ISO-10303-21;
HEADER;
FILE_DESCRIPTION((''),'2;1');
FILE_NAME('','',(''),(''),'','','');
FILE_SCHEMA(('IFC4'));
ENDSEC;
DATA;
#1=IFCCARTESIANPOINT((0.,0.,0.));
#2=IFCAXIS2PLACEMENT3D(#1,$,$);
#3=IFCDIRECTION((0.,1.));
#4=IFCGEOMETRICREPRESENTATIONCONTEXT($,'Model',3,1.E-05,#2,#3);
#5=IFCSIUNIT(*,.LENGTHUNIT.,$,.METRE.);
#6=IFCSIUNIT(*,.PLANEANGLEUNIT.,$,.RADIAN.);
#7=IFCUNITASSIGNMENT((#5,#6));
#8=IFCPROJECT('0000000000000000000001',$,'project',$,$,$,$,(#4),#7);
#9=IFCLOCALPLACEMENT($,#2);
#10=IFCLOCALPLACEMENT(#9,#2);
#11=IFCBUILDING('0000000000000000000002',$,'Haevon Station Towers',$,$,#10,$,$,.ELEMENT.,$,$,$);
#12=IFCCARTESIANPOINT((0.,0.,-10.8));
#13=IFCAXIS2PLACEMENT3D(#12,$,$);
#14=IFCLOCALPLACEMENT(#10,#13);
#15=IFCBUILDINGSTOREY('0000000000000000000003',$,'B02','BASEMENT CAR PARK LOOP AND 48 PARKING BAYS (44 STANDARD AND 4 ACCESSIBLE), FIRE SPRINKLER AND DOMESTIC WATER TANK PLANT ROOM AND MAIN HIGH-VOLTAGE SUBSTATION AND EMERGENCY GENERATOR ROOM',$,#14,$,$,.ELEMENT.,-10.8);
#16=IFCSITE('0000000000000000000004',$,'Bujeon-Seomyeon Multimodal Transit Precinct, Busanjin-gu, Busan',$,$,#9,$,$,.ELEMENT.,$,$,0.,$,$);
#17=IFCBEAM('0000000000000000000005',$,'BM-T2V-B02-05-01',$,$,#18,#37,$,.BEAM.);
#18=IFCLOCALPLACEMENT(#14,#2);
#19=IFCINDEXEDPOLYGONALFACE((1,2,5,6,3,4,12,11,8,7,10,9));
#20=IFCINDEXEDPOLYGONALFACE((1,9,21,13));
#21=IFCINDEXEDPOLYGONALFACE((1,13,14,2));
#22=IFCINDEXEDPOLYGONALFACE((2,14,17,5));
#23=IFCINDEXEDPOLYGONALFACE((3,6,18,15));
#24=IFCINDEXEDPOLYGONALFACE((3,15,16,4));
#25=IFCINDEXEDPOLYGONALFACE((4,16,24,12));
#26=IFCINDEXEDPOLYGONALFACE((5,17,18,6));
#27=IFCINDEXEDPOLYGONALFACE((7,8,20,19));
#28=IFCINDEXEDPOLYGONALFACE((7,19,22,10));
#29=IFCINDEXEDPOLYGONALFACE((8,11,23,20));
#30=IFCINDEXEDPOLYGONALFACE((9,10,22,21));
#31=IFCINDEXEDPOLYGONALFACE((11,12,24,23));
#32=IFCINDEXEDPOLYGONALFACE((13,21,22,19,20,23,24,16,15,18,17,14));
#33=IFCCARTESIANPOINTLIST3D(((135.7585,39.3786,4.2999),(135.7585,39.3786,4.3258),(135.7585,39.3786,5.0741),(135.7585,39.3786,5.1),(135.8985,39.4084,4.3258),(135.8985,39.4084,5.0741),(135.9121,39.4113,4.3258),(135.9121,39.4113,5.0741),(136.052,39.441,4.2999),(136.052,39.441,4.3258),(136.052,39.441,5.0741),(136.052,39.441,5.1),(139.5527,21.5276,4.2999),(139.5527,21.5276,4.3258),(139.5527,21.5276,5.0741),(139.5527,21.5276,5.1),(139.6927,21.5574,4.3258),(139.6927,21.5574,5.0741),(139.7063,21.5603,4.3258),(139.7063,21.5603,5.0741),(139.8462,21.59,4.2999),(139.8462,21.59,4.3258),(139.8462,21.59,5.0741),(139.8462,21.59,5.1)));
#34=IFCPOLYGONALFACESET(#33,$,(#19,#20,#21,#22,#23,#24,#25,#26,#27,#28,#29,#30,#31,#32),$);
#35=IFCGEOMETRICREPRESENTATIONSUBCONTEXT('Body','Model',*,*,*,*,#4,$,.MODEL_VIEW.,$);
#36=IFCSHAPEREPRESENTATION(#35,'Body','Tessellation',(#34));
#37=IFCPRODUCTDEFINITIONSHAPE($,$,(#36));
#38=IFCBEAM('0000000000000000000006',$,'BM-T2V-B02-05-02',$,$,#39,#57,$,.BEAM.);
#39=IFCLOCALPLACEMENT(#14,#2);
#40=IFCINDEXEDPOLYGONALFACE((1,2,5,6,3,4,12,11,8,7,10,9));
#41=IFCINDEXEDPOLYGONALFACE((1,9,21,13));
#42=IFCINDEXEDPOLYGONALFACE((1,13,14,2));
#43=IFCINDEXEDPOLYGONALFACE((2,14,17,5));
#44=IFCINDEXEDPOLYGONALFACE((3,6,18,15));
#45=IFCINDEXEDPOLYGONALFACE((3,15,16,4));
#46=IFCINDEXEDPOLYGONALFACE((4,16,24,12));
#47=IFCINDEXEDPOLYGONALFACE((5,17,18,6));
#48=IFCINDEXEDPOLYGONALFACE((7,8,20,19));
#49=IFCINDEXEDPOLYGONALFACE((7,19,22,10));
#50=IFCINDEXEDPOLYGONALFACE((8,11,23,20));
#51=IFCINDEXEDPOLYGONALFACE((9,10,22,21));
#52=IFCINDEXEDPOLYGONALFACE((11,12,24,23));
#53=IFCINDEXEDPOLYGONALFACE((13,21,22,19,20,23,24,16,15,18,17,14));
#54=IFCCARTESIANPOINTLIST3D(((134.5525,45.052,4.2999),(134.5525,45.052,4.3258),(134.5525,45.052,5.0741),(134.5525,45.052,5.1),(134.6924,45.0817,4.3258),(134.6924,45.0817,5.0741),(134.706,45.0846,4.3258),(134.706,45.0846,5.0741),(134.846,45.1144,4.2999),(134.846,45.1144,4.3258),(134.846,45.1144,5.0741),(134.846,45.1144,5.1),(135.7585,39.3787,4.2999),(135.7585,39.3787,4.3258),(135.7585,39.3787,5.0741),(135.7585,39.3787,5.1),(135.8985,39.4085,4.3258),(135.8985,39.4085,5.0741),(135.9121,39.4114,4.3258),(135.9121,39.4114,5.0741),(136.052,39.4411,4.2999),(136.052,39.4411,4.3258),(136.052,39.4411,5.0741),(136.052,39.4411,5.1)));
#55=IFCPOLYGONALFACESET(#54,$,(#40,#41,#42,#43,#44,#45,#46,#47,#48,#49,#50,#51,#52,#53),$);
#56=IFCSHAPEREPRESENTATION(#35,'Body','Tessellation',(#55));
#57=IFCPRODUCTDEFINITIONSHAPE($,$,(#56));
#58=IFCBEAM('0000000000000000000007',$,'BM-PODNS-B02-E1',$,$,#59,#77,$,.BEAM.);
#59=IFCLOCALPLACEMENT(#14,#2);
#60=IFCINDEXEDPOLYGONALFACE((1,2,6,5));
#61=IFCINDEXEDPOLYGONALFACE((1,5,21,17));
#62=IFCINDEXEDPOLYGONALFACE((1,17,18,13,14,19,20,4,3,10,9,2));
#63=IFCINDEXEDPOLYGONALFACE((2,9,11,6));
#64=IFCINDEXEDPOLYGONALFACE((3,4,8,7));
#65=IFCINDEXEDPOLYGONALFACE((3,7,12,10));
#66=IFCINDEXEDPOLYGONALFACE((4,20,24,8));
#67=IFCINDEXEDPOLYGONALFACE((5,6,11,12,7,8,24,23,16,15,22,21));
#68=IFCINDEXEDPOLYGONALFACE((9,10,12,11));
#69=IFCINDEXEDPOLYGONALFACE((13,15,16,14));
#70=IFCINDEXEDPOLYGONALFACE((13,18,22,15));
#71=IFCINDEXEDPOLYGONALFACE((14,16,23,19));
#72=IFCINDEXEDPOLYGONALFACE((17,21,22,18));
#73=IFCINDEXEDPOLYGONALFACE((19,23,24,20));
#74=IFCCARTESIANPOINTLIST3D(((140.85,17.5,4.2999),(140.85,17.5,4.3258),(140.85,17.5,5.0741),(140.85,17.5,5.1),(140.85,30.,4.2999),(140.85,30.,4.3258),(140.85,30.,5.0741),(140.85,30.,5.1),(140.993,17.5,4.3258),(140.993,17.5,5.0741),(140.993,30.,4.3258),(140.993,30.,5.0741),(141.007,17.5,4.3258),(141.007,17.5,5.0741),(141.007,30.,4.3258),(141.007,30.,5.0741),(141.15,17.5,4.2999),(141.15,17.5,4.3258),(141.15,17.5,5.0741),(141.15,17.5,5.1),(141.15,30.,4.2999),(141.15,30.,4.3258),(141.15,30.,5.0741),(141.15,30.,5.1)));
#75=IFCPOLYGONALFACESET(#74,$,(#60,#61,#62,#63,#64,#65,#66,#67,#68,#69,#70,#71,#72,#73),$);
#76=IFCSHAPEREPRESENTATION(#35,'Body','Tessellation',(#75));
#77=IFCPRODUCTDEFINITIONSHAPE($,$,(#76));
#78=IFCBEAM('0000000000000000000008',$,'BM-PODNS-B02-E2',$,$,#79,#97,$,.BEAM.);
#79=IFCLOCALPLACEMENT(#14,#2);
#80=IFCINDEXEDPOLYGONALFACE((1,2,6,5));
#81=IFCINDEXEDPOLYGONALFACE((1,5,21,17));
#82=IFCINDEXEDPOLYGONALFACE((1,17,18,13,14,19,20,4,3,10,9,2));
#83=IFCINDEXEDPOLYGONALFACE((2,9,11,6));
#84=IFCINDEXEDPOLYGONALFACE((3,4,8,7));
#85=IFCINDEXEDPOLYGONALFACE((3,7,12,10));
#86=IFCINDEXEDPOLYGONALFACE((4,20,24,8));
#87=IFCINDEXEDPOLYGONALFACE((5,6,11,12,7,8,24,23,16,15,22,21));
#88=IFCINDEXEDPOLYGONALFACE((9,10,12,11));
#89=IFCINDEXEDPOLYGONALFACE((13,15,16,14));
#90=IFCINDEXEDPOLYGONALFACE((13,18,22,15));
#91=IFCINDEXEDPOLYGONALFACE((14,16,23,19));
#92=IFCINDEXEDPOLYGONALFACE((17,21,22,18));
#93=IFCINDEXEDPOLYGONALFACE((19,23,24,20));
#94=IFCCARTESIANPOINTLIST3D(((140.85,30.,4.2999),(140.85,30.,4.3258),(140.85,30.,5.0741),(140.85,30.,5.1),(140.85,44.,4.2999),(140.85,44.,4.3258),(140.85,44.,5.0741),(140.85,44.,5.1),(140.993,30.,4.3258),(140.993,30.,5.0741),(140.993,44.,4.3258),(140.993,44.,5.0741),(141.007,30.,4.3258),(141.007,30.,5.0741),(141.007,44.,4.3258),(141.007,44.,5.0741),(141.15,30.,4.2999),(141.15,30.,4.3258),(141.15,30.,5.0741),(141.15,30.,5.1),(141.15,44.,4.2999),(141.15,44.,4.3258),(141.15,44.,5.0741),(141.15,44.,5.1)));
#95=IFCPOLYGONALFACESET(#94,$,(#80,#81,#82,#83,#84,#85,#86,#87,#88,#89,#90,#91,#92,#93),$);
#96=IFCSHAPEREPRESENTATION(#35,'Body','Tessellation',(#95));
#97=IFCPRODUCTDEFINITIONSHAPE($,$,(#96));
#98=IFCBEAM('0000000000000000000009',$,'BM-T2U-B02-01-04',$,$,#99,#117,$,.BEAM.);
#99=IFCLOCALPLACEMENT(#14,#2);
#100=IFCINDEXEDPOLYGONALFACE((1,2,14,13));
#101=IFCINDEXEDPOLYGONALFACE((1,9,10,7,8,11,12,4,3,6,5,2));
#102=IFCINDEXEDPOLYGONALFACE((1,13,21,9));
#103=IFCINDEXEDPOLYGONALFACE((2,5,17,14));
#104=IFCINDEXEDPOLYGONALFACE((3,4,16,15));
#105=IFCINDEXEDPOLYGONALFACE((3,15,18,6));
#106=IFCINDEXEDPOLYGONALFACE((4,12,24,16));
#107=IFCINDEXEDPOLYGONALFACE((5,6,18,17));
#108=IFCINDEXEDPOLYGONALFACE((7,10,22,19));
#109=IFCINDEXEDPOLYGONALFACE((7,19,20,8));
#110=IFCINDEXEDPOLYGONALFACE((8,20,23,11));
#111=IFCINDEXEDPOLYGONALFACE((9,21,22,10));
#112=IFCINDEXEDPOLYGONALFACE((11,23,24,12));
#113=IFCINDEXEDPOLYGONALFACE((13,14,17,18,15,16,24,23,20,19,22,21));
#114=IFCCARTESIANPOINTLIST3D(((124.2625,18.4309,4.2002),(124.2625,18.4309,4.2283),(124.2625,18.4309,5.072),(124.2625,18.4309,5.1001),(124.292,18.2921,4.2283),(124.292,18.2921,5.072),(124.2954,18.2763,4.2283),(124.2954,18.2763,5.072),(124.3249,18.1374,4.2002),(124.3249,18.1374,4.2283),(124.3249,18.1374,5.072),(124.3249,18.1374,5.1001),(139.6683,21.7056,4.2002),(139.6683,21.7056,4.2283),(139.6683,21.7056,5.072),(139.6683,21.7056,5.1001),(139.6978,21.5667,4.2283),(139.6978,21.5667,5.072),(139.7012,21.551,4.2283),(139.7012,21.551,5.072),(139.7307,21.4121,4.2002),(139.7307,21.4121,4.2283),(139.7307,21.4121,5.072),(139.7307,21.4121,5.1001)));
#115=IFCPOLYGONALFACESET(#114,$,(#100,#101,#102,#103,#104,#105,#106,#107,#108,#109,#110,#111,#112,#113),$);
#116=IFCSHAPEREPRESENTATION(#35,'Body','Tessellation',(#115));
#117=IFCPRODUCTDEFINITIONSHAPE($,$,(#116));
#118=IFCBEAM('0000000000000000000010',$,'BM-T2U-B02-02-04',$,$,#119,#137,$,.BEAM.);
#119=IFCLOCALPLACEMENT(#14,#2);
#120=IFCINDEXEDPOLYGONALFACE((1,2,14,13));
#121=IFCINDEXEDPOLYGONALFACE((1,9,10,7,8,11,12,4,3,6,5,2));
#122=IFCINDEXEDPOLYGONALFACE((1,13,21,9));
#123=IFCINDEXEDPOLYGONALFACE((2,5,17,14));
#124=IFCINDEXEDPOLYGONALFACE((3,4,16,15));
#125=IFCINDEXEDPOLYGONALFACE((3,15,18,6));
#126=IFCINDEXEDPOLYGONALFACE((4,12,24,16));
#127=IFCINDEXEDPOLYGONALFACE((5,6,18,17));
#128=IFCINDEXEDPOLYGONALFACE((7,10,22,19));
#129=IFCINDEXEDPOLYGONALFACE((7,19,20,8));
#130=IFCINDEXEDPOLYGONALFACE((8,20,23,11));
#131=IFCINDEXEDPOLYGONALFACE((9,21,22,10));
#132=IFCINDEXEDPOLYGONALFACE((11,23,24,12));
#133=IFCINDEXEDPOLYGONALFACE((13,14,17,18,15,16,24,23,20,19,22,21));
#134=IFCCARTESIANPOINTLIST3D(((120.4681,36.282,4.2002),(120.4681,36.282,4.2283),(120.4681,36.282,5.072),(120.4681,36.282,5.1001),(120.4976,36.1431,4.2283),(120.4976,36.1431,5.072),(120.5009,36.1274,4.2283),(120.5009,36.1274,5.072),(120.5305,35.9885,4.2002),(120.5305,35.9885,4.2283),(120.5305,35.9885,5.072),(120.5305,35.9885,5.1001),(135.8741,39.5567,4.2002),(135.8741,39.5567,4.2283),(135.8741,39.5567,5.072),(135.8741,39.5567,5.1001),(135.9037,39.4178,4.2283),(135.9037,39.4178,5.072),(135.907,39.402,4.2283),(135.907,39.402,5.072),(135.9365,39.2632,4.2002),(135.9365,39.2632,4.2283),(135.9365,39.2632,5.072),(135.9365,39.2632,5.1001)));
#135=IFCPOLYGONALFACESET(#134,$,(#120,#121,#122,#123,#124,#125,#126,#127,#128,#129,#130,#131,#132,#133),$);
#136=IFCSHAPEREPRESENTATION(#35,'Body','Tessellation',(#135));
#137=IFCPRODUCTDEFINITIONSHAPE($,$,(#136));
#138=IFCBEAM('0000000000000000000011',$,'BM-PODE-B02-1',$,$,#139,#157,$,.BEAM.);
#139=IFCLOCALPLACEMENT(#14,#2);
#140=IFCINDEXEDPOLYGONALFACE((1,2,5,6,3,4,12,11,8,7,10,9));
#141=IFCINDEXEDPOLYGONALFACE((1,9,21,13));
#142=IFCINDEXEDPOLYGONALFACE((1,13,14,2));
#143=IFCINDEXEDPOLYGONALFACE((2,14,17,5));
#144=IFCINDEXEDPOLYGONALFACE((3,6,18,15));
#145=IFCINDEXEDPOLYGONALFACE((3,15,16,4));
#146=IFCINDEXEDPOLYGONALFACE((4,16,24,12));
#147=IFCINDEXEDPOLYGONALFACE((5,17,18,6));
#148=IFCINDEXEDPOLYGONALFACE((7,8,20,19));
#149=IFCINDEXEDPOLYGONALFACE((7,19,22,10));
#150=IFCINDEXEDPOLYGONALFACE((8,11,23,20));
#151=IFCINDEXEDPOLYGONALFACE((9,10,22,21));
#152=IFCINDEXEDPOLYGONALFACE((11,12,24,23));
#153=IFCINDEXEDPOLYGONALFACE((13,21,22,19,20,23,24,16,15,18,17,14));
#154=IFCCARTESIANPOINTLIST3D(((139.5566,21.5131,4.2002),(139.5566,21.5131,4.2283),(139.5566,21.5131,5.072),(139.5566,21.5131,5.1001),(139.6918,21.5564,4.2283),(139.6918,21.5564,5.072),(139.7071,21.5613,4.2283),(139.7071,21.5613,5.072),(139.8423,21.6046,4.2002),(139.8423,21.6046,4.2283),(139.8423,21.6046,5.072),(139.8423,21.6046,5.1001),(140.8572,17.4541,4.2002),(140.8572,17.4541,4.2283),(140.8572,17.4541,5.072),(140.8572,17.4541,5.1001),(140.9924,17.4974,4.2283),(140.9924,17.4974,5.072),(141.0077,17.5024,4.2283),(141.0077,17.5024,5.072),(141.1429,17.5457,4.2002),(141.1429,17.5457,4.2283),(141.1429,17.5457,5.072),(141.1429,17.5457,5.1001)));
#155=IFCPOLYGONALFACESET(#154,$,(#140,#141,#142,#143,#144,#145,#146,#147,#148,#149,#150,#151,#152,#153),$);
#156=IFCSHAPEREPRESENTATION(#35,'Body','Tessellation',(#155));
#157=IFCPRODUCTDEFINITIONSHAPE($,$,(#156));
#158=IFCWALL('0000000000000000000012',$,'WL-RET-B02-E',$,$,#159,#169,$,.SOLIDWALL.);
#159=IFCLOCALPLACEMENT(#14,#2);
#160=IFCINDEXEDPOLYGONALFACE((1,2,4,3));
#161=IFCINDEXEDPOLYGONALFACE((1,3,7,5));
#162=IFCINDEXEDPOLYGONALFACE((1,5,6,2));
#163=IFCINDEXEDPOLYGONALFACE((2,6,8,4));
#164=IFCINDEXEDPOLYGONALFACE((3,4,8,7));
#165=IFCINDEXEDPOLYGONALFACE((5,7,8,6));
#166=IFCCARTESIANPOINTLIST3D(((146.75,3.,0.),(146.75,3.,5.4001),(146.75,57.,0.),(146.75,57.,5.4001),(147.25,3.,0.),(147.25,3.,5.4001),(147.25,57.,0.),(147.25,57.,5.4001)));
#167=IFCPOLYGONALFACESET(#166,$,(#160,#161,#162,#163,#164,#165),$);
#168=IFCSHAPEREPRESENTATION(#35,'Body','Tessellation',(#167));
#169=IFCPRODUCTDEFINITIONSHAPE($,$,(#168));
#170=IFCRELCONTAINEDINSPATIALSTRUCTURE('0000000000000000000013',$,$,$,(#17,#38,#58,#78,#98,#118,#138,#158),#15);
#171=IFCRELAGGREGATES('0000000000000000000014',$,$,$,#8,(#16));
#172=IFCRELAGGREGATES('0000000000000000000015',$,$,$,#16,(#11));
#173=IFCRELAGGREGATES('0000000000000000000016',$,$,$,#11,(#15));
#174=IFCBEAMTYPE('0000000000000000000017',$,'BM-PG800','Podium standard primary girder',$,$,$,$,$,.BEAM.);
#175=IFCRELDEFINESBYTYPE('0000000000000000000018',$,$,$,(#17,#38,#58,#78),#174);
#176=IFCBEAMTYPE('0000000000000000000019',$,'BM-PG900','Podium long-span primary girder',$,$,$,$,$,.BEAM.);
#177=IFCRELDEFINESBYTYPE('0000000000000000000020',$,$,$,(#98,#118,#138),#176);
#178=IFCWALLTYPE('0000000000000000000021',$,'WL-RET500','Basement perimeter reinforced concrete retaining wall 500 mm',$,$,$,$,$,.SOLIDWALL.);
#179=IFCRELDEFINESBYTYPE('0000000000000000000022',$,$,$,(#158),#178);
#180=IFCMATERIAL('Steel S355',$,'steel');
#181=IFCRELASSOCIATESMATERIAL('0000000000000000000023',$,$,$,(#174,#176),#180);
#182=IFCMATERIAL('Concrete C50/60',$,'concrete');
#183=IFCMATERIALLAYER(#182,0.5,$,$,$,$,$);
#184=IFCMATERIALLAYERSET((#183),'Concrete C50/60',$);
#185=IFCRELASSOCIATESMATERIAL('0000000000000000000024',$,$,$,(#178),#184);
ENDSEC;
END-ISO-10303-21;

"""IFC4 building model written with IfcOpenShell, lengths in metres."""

from ifc_helpers import new_model, si_unit, direction, frame, frame_2d, origin, origin_2d, place, context, subcontext, project, spatial, rectangle, i_section, extrude, material, layer, layer_set, material_profile, profile_set, type_object, element, save


model = new_model("IFC4")

# Units and contexts
model_context = context("Model", 3, precision=1e-05, world=origin(), true_north=direction((0.0, 1.0)))
body_context = subcontext(model_context, "Body", "Model", "MODEL_VIEW")
ifc_project = project(units=[si_unit("LENGTHUNIT", "METRE"), si_unit("PLANEANGLEUNIT", "RADIAN")], contexts=[model_context])

# Site, building, storey
site_placement = place(None, origin())
site = spatial("IfcSite", under=ifc_project, at=site_placement, Name="Bujeon-Seomyeon Multimodal Transit Precinct, Busanjin-gu, Busan", CompositionType="ELEMENT", RefElevation=0.0)
building_placement = place(site_placement, origin())
building = spatial("IfcBuilding", under=site, at=building_placement, Name="Haevon Station Towers", CompositionType="ELEMENT")
storey_placement = place(building_placement, frame((0.0, 0.0, -10.8)))
storey = spatial("IfcBuildingStorey", under=building, at=storey_placement, Name="B02", Description="BASEMENT CAR PARK LOOP AND 48 PARKING BAYS (44 STANDARD AND 4 ACCESSIBLE), FIRE SPRINKLER AND DOMESTIC WATER TANK PLANT ROOM AND MAIN HIGH-VOLTAGE SUBSTATION AND EMERGENCY GENERATOR ROOM", CompositionType="ELEMENT", Elevation=-10.8)

# Shared definitions
ifc_material_1 = material(Name="Concrete C50/60", Category="concrete")

# Beams
ifc_material_2 = material(Name="Steel S355", Category="steel")
ifc_material_profile_1 = material_profile(ifc_material_2, i_section(OverallWidth=0.3, OverallDepth=0.8, WebThickness=0.0139, FlangeThickness=0.0259, at=origin_2d()), Name="H-800x300x14x26")
ifc_profile_set_1 = profile_set([ifc_material_profile_1], Name="Steel S355")
beam_type_1 = type_object("IfcBeamType", Name="BM-PG800", Description="Podium standard primary girder", PredefinedType="BEAM", material=ifc_profile_set_1)
beam_1_placement = place(storey_placement, frame((139.6995, 21.5588, 4.7), z_axis=(-0.207903, 0.97815, 0.0), x_axis=(-0.97815, -0.207903, 0.0)))
element("IfcBeam", 1, at=beam_1_placement, inside=storey, type_object=beam_type_1, Name="BM-T2V-B02-05-01", PredefinedType="BEAM", context=body_context, shape_type="SweptSolid", body=[
    extrude(i_section(OverallWidth=0.3, OverallDepth=0.8, WebThickness=0.0139, FlangeThickness=0.0259, at=origin_2d()), origin(), (0.0, 0.0, 1.0), 18.2498),
])
beam_2_placement = place(storey_placement, frame((135.9053, 39.4099, 4.7), z_axis=(-0.207936, 0.978142, 0.0), x_axis=(-0.978142, -0.207936, 0.0)))
element("IfcBeam", 2, at=beam_2_placement, inside=storey, type_object=beam_type_1, Name="BM-T2V-B02-05-02", PredefinedType="BEAM", context=body_context, shape_type="SweptSolid", body=[
    extrude(i_section(OverallWidth=0.3, OverallDepth=0.8, WebThickness=0.0139, FlangeThickness=0.0259, at=origin_2d()), origin(), (0.0, 0.0, 1.0), 5.8),
])
beam_3_placement = place(storey_placement, frame((141.0, 17.5, 4.7), z_axis=(0.0, 1.0, 0.0), x_axis=(-1.0, 0.0, 0.0)))
element("IfcBeam", 3, at=beam_3_placement, inside=storey, type_object=beam_type_1, Name="BM-PODNS-B02-E1", PredefinedType="BEAM", context=body_context, shape_type="SweptSolid", body=[
    extrude(i_section(OverallWidth=0.3, OverallDepth=0.8, WebThickness=0.0139, FlangeThickness=0.0259, at=origin_2d()), origin(), (0.0, 0.0, 1.0), 12.5),
])
beam_4_placement = place(storey_placement, frame((141.0, 30.0, 4.7), z_axis=(0.0, 1.0, 0.0), x_axis=(-1.0, 0.0, 0.0)))
element("IfcBeam", 4, at=beam_4_placement, inside=storey, type_object=beam_type_1, Name="BM-PODNS-B02-E2", PredefinedType="BEAM", context=body_context, shape_type="SweptSolid", body=[
    extrude(i_section(OverallWidth=0.3, OverallDepth=0.8, WebThickness=0.0139, FlangeThickness=0.0259, at=origin_2d()), origin(), (0.0, 0.0, 1.0), 14.0),
])
ifc_material_profile_2 = material_profile(ifc_material_2, i_section(OverallWidth=0.3, OverallDepth=0.8999, WebThickness=0.0161, FlangeThickness=0.0281, at=origin_2d()), Name="H-900x300x16x28")
ifc_profile_set_2 = profile_set([ifc_material_profile_2], Name="Steel S355")
beam_type_2 = type_object("IfcBeamType", Name="BM-PG900", Description="Podium long-span primary girder", PredefinedType="BEAM", material=ifc_profile_set_2)
beam_5_placement = place(storey_placement, frame((124.2937, 18.2842, 4.6501), z_axis=(0.978147, 0.207915, 0.0), x_axis=(-0.207915, 0.978147, 0.0)))
element("IfcBeam", 5, at=beam_5_placement, inside=storey, type_object=beam_type_2, Name="BM-T2U-B02-01-04", PredefinedType="BEAM", context=body_context, shape_type="SweptSolid", body=[
    extrude(i_section(OverallWidth=0.3, OverallDepth=0.8999, WebThickness=0.0161, FlangeThickness=0.0281, at=origin_2d()), origin(), (0.0, 0.0, 1.0), 15.75),
])
beam_6_placement = place(storey_placement, frame((120.4993, 36.1353, 4.6501), z_axis=(0.978147, 0.207912, 0.0), x_axis=(-0.207912, 0.978147, 0.0)))
element("IfcBeam", 6, at=beam_6_placement, inside=storey, type_object=beam_type_2, Name="BM-T2U-B02-02-04", PredefinedType="BEAM", context=body_context, shape_type="SweptSolid", body=[
    extrude(i_section(OverallWidth=0.3, OverallDepth=0.8999, WebThickness=0.0161, FlangeThickness=0.0281, at=origin_2d()), origin(), (0.0, 0.0, 1.0), 15.7502),
])
beam_7_placement = place(storey_placement, frame((139.6995, 21.5588, 4.6501), z_axis=(0.305139, -0.952308, 0.0), x_axis=(0.952308, 0.305139, 0.0)))
element("IfcBeam", 7, at=beam_7_placement, inside=storey, type_object=beam_type_2, Name="BM-PODE-B02-1", PredefinedType="BEAM", context=body_context, shape_type="SweptSolid", body=[
    extrude(i_section(OverallWidth=0.3, OverallDepth=0.8999, WebThickness=0.0161, FlangeThickness=0.0281, at=origin_2d()), origin(), (0.0, 0.0, 1.0), 4.2622),
])

# Wall
ifc_layer = layer(ifc_material_1, 0.5)
ifc_layer_set = layer_set([ifc_layer], Name="Concrete C50/60")
wall_type = type_object("IfcWallType", Name="WL-RET500", Description="Basement perimeter reinforced concrete retaining wall 500 mm", PredefinedType="SOLIDWALL", material=ifc_layer_set)
wall_placement = place(storey_placement, frame((147.0, 3.0, 0.0), z_axis=(0.0, 0.0, 1.0), x_axis=(0.0, 1.0, 0.0)))
element("IfcWall", 8, at=wall_placement, inside=storey, type_object=wall_type, Name="WL-RET-B02-E", PredefinedType="SOLIDWALL", context=body_context, shape_type="SweptSolid", body=[
    extrude(rectangle(XDim=54.0, YDim=0.5, at=frame_2d((27.0, 0.0))), origin(), (0.0, 0.0, 1.0), 5.4001),
])

save(model, "model.ifc")
